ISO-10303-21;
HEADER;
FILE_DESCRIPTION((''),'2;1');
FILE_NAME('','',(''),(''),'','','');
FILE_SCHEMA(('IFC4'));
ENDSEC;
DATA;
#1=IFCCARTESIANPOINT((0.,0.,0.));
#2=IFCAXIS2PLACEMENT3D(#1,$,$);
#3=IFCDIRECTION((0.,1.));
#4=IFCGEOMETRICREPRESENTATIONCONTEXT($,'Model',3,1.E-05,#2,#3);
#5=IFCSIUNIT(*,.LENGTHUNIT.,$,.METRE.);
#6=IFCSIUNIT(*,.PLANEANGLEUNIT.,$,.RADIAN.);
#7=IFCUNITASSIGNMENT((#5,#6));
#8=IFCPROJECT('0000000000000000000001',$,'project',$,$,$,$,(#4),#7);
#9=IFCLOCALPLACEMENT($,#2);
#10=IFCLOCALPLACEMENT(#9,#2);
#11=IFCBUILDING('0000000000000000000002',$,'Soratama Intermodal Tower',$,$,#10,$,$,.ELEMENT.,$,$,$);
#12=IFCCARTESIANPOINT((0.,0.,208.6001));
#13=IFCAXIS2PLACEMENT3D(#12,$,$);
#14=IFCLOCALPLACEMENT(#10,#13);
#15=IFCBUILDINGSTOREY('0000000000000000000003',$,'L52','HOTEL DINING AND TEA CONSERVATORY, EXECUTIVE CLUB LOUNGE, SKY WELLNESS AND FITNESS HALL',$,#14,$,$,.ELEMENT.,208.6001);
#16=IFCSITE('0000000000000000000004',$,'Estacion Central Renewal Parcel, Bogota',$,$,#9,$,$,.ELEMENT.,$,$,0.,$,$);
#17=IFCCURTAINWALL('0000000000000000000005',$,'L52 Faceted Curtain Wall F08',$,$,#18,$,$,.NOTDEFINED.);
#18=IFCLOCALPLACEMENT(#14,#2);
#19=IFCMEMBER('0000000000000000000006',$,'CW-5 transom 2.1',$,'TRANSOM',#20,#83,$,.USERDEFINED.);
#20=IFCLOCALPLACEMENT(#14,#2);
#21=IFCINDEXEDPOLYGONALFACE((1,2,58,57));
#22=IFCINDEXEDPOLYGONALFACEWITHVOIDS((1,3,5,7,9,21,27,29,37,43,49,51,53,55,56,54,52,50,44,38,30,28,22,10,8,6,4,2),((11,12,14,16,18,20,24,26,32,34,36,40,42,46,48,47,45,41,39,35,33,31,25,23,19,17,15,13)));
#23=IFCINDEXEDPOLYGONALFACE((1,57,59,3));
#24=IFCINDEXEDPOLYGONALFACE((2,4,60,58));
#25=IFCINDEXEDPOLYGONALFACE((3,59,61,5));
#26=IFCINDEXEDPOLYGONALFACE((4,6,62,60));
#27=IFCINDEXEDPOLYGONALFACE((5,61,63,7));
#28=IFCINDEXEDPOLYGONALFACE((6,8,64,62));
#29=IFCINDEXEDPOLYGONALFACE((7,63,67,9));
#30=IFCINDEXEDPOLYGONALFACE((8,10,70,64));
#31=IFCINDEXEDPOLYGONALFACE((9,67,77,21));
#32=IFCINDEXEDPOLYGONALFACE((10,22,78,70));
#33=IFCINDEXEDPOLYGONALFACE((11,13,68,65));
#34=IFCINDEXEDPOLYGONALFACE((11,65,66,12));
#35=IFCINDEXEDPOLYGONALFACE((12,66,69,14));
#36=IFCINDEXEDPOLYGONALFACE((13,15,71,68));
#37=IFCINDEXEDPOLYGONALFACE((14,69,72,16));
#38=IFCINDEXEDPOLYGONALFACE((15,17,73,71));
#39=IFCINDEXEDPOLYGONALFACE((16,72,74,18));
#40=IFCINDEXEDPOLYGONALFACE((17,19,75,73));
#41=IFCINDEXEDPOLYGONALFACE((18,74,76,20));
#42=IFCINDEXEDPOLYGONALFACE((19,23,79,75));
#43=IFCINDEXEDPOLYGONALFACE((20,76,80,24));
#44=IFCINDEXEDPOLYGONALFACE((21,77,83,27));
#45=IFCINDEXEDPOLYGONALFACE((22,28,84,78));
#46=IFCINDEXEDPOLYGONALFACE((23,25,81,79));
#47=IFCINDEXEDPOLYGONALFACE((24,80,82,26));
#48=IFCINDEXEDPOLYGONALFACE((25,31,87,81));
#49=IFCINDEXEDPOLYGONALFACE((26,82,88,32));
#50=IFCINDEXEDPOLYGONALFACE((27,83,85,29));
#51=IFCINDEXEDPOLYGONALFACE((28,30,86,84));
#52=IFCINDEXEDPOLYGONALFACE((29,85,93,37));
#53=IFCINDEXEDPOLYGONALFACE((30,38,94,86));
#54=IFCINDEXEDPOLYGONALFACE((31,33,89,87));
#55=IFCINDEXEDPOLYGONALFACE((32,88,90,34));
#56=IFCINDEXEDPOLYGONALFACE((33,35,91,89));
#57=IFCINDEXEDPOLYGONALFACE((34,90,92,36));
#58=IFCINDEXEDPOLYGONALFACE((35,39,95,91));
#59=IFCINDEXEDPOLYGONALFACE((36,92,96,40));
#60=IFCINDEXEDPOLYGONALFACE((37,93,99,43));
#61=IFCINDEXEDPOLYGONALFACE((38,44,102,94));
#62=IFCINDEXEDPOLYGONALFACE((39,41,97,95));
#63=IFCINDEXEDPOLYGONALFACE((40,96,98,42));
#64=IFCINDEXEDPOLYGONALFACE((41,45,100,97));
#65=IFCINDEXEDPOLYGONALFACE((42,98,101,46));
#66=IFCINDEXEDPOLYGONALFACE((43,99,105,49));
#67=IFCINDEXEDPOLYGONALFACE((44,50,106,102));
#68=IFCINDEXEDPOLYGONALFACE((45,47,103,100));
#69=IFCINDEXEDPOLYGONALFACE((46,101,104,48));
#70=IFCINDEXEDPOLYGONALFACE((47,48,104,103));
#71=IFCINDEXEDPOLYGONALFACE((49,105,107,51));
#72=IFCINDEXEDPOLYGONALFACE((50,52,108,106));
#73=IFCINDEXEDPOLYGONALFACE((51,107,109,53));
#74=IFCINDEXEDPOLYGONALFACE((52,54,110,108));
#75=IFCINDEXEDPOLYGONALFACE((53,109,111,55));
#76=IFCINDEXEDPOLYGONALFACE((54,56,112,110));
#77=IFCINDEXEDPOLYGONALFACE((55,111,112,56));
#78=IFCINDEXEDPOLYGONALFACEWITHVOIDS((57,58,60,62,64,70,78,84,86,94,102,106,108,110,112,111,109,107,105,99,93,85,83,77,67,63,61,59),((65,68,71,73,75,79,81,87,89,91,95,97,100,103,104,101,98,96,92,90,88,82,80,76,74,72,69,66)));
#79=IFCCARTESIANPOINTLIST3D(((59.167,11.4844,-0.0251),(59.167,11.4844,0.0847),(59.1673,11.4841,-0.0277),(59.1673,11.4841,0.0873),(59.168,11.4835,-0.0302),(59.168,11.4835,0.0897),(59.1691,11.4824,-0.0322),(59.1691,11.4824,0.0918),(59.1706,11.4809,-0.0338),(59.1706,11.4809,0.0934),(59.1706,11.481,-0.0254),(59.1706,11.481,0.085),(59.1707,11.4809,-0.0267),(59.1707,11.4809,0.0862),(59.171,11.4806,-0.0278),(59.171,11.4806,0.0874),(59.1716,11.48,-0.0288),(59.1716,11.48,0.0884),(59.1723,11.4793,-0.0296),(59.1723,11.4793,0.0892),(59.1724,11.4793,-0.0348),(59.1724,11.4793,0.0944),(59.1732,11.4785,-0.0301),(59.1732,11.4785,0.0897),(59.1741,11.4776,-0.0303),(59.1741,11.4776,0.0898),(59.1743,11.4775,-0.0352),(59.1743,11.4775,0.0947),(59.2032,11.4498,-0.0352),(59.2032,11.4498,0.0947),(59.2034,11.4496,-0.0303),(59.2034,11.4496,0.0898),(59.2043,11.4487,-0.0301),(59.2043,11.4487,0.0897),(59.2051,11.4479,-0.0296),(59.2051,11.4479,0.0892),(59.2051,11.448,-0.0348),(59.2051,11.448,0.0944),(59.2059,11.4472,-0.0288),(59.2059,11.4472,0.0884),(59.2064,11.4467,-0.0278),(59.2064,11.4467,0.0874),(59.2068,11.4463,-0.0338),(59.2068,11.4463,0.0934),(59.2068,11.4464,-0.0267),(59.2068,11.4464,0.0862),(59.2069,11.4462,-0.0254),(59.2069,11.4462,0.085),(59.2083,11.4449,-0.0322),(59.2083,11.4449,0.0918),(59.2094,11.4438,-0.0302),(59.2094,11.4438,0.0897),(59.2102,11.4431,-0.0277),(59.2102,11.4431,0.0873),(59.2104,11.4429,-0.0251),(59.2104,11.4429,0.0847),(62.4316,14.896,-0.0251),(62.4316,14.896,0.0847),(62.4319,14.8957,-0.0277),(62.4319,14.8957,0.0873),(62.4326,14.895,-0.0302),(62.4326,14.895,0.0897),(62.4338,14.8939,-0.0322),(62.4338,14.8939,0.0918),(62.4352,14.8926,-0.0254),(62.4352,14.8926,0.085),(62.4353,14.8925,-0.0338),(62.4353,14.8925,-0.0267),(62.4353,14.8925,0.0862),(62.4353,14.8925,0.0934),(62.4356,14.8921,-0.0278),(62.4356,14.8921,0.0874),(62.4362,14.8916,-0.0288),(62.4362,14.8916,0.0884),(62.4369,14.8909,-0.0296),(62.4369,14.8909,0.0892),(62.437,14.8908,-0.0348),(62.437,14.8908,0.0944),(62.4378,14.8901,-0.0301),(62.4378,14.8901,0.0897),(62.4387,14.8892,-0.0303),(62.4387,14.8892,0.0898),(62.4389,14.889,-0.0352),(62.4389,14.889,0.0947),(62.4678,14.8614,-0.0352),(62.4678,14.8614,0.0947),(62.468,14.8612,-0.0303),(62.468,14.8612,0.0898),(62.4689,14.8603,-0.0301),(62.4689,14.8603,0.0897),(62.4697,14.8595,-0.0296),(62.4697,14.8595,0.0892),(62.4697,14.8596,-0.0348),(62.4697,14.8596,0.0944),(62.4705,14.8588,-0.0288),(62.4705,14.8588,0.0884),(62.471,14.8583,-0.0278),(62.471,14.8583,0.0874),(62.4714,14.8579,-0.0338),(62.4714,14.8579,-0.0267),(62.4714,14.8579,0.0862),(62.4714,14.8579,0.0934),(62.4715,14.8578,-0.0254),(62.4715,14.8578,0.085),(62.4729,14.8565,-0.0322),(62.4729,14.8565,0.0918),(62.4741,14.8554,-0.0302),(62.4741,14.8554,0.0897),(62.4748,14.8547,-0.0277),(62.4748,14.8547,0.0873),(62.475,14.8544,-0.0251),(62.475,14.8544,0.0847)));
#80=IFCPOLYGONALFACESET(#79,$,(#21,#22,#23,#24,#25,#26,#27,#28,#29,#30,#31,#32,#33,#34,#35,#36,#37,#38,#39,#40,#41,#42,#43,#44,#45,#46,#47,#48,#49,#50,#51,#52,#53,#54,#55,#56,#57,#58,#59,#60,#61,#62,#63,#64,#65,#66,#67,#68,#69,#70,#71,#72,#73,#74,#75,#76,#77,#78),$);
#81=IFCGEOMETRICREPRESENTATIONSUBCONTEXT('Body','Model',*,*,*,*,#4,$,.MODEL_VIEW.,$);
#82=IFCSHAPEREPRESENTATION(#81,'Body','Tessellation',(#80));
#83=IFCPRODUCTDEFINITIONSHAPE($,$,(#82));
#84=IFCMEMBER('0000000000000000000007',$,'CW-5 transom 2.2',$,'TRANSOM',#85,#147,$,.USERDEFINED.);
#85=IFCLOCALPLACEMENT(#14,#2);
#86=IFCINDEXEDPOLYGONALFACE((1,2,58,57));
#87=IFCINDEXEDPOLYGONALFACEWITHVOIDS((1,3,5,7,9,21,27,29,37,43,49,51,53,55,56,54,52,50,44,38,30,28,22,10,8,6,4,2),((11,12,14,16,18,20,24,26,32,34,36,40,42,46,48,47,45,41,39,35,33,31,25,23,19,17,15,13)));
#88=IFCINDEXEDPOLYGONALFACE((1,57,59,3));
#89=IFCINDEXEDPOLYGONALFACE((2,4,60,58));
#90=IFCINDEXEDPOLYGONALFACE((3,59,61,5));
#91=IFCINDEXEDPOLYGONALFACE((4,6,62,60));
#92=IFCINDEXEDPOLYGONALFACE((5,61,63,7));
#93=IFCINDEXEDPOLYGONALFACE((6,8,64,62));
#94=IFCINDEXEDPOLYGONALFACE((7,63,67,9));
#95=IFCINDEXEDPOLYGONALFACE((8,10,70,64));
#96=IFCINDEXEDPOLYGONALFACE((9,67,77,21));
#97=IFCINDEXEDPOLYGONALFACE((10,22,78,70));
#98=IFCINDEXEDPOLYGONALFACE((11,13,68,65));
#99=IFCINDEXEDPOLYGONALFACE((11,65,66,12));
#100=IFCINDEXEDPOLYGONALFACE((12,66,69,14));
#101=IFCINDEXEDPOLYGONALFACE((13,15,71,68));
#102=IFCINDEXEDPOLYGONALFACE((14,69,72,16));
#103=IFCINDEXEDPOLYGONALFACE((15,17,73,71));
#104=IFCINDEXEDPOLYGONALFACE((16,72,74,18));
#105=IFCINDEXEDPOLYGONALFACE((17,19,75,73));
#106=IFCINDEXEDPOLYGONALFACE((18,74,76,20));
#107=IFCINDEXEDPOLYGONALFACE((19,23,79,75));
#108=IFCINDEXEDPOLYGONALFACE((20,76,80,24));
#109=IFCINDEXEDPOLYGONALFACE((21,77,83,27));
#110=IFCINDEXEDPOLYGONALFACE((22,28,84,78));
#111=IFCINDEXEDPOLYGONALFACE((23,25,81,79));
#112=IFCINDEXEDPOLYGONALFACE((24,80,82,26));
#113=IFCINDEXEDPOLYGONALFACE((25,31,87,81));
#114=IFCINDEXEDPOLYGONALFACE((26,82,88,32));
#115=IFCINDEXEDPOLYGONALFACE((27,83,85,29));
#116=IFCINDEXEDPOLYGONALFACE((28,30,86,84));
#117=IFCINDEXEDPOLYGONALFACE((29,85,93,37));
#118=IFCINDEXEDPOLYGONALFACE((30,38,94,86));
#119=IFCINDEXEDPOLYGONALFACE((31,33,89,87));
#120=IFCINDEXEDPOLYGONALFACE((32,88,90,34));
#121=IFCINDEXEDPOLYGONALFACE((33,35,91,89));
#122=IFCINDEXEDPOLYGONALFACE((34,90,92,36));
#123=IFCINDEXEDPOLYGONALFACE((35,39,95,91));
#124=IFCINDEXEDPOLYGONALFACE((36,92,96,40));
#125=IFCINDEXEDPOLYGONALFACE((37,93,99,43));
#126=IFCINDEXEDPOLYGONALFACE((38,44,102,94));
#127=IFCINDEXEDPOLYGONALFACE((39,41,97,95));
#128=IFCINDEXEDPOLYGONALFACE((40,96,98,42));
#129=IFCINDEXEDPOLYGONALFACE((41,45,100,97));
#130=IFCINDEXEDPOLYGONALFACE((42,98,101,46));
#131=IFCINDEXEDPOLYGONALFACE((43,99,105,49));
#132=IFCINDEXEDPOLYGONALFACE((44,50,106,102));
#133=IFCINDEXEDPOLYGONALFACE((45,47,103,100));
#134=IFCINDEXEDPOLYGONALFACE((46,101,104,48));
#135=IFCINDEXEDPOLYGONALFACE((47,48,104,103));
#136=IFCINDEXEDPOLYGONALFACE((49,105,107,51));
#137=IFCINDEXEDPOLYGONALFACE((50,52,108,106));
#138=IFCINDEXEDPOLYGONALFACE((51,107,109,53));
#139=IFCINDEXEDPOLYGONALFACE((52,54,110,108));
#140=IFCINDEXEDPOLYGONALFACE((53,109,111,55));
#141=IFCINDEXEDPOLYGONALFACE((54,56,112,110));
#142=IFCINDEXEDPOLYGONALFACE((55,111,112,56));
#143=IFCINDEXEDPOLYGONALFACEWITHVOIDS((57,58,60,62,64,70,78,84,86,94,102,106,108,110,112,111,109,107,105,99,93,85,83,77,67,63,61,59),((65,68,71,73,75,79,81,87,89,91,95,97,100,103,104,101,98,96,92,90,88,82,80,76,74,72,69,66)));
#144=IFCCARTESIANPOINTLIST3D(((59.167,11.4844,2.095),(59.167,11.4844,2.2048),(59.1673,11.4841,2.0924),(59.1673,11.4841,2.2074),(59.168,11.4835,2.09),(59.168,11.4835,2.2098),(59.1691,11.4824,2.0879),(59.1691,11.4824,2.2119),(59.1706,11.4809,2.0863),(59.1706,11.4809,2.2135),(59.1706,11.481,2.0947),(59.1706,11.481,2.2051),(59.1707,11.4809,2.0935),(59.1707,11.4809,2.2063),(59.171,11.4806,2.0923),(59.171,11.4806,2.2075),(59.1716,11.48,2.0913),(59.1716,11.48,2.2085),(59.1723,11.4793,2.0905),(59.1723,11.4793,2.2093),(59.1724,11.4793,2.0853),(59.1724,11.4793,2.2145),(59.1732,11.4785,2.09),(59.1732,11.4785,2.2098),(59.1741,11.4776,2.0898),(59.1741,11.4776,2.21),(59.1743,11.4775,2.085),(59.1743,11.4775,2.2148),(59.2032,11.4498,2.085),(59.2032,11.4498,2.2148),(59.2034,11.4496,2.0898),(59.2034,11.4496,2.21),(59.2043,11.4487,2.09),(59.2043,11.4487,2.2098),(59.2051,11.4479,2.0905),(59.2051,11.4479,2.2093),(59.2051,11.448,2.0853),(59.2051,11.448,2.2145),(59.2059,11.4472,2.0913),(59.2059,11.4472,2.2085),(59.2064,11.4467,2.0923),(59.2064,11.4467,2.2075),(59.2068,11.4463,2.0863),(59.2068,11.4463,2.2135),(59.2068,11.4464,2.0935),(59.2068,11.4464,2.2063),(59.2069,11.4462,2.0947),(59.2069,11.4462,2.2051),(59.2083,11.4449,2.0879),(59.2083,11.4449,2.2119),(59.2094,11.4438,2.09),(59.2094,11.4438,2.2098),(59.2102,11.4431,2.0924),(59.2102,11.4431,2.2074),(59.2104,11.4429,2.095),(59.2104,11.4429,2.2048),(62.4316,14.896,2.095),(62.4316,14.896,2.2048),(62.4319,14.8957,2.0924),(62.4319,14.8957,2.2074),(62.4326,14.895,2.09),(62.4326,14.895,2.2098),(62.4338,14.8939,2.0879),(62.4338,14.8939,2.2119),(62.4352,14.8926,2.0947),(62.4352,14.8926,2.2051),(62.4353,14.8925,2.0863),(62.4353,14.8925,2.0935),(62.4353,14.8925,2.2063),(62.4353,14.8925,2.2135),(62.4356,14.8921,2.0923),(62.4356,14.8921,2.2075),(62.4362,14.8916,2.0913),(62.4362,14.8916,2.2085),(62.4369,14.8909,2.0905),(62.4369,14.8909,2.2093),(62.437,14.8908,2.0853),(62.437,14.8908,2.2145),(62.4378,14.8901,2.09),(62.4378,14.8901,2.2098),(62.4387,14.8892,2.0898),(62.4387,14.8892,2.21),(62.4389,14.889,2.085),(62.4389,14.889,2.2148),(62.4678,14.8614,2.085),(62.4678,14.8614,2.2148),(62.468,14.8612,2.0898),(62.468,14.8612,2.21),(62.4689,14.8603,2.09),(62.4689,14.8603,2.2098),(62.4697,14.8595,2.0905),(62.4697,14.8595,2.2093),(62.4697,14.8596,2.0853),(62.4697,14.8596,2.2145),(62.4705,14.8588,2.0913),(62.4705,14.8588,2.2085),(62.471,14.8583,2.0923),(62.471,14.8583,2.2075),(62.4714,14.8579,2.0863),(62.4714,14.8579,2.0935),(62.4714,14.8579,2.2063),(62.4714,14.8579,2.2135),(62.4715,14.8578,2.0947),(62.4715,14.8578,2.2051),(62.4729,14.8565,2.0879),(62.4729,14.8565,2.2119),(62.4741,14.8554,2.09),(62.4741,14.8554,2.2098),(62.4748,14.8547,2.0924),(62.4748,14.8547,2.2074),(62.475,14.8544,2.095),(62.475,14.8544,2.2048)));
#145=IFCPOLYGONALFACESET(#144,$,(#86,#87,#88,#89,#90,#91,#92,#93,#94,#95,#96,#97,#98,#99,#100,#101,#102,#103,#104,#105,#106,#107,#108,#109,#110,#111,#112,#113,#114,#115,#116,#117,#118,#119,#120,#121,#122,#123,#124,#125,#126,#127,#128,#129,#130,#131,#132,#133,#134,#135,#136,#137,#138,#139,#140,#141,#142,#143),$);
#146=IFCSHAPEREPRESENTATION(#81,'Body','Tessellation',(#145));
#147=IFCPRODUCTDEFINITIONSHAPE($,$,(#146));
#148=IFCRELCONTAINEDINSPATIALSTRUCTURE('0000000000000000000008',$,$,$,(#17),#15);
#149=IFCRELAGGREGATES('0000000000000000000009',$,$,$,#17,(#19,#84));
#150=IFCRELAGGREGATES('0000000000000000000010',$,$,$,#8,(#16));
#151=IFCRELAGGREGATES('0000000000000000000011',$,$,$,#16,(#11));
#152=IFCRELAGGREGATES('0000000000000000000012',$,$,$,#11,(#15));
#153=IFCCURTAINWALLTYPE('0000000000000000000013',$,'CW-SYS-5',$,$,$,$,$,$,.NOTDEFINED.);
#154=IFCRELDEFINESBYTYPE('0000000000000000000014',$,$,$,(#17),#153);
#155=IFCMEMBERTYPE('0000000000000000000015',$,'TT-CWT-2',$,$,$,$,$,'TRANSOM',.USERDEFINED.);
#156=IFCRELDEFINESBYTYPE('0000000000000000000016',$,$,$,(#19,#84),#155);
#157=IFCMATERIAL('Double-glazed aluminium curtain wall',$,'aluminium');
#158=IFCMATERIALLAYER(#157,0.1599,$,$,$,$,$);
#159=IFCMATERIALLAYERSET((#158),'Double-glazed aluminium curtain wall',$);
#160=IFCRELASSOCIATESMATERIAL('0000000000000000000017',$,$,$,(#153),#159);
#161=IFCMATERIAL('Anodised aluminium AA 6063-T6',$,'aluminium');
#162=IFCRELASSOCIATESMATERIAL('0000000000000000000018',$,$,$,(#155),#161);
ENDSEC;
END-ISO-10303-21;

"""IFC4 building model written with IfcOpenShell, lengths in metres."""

from ifc_helpers import new_model, si_unit, direction, frame, origin, origin_2d, place, context, subcontext, project, spatial, hollow_rectangle, extrude, material, layer, layer_set, material_profile, profile_set, type_object, element, aggregate, save


model = new_model("IFC4")

# Units and contexts
model_context = context("Model", 3, precision=1e-05, world=origin(), true_north=direction((0.0, 1.0)))
body_context = subcontext(model_context, "Body", "Model", "MODEL_VIEW")
ifc_project = project(units=[si_unit("LENGTHUNIT", "METRE"), si_unit("PLANEANGLEUNIT", "RADIAN")], contexts=[model_context])

# Site, building, storey
site_placement = place(None, origin())
site = spatial("IfcSite", under=ifc_project, at=site_placement, Name="Estacion Central Renewal Parcel, Bogota", CompositionType="ELEMENT", RefElevation=0.0)
building_placement = place(site_placement, origin())
building = spatial("IfcBuilding", under=site, at=building_placement, Name="Soratama Intermodal Tower", CompositionType="ELEMENT")
storey_placement = place(building_placement, frame((0.0, 0.0, 208.6001)))
storey = spatial("IfcBuildingStorey", under=building, at=storey_placement, Name="L52", Description="HOTEL DINING AND TEA CONSERVATORY, EXECUTIVE CLUB LOUNGE, SKY WELLNESS AND FITNESS HALL", CompositionType="ELEMENT", Elevation=208.6001)

# Curtain wall, members
ifc_material_1 = material(Name="Double-glazed aluminium curtain wall", Category="aluminium")
ifc_layer_1 = layer(ifc_material_1, 0.1599)
ifc_layer_set_1 = layer_set([ifc_layer_1], Name="Double-glazed aluminium curtain wall")
curtain_wall_type = type_object("IfcCurtainWallType", Name="CW-SYS-5", PredefinedType="NOTDEFINED", material=ifc_layer_set_1)
curtain_wall_placement = place(storey_placement, origin())
curtain_wall = element("IfcCurtainWall", 1, at=curtain_wall_placement, inside=storey, type_object=curtain_wall_type, Name="L52 Faceted Curtain Wall F08", PredefinedType="NOTDEFINED")
ifc_material_2 = material(Name="Anodised aluminium AA 6063-T6", Category="aluminium")
ifc_material_profile_1 = material_profile(ifc_material_2, hollow_rectangle(XDim=0.0601, YDim=0.1299, WallThickness=0.0049, InnerFilletRadius=0.0049, OuterFilletRadius=0.01, at=origin_2d()), Name="CWT130X60X5")
ifc_profile_set_1 = profile_set([ifc_material_profile_1], Name="Anodised aluminium AA 6063-T6")
member_type_1 = type_object("IfcMemberType", Name="TT-CWT-2", ElementType="TRANSOM", PredefinedType="USERDEFINED", material=ifc_profile_set_1)
member_1_placement = place(storey_placement, frame((59.1887, 11.4636, 0.0298), z_axis=(0.691373, 0.722498, 0.0), x_axis=(-0.722498, 0.691373, 0.0)))
member_1 = element("IfcMember", 2, at=member_1_placement, type_object=member_type_1, Name="CW-5 transom 2.1", ObjectType="TRANSOM", PredefinedType="USERDEFINED", context=body_context, shape_type="SweptSolid", body=[
    extrude(hollow_rectangle(XDim=0.0601, YDim=0.1299, WallThickness=0.0049, InnerFilletRadius=0.0049, OuterFilletRadius=0.01, at=origin_2d()), origin(), (0.0, 0.0, 1.0), 4.7219),
])
member_2_placement = place(storey_placement, frame((59.1887, 11.4636, 2.1499), z_axis=(0.691373, 0.722498, 0.0), x_axis=(-0.722498, 0.691373, 0.0)))
member_2 = element("IfcMember", 3, at=member_2_placement, type_object=member_type_1, Name="CW-5 transom 2.2", ObjectType="TRANSOM", PredefinedType="USERDEFINED", context=body_context, shape_type="SweptSolid", body=[
    extrude(hollow_rectangle(XDim=0.0601, YDim=0.1299, WallThickness=0.0049, InnerFilletRadius=0.0049, OuterFilletRadius=0.01, at=origin_2d()), origin(), (0.0, 0.0, 1.0), 4.7219),
])
aggregate(curtain_wall, [member_1, member_2])

save(model, "model.ifc")
